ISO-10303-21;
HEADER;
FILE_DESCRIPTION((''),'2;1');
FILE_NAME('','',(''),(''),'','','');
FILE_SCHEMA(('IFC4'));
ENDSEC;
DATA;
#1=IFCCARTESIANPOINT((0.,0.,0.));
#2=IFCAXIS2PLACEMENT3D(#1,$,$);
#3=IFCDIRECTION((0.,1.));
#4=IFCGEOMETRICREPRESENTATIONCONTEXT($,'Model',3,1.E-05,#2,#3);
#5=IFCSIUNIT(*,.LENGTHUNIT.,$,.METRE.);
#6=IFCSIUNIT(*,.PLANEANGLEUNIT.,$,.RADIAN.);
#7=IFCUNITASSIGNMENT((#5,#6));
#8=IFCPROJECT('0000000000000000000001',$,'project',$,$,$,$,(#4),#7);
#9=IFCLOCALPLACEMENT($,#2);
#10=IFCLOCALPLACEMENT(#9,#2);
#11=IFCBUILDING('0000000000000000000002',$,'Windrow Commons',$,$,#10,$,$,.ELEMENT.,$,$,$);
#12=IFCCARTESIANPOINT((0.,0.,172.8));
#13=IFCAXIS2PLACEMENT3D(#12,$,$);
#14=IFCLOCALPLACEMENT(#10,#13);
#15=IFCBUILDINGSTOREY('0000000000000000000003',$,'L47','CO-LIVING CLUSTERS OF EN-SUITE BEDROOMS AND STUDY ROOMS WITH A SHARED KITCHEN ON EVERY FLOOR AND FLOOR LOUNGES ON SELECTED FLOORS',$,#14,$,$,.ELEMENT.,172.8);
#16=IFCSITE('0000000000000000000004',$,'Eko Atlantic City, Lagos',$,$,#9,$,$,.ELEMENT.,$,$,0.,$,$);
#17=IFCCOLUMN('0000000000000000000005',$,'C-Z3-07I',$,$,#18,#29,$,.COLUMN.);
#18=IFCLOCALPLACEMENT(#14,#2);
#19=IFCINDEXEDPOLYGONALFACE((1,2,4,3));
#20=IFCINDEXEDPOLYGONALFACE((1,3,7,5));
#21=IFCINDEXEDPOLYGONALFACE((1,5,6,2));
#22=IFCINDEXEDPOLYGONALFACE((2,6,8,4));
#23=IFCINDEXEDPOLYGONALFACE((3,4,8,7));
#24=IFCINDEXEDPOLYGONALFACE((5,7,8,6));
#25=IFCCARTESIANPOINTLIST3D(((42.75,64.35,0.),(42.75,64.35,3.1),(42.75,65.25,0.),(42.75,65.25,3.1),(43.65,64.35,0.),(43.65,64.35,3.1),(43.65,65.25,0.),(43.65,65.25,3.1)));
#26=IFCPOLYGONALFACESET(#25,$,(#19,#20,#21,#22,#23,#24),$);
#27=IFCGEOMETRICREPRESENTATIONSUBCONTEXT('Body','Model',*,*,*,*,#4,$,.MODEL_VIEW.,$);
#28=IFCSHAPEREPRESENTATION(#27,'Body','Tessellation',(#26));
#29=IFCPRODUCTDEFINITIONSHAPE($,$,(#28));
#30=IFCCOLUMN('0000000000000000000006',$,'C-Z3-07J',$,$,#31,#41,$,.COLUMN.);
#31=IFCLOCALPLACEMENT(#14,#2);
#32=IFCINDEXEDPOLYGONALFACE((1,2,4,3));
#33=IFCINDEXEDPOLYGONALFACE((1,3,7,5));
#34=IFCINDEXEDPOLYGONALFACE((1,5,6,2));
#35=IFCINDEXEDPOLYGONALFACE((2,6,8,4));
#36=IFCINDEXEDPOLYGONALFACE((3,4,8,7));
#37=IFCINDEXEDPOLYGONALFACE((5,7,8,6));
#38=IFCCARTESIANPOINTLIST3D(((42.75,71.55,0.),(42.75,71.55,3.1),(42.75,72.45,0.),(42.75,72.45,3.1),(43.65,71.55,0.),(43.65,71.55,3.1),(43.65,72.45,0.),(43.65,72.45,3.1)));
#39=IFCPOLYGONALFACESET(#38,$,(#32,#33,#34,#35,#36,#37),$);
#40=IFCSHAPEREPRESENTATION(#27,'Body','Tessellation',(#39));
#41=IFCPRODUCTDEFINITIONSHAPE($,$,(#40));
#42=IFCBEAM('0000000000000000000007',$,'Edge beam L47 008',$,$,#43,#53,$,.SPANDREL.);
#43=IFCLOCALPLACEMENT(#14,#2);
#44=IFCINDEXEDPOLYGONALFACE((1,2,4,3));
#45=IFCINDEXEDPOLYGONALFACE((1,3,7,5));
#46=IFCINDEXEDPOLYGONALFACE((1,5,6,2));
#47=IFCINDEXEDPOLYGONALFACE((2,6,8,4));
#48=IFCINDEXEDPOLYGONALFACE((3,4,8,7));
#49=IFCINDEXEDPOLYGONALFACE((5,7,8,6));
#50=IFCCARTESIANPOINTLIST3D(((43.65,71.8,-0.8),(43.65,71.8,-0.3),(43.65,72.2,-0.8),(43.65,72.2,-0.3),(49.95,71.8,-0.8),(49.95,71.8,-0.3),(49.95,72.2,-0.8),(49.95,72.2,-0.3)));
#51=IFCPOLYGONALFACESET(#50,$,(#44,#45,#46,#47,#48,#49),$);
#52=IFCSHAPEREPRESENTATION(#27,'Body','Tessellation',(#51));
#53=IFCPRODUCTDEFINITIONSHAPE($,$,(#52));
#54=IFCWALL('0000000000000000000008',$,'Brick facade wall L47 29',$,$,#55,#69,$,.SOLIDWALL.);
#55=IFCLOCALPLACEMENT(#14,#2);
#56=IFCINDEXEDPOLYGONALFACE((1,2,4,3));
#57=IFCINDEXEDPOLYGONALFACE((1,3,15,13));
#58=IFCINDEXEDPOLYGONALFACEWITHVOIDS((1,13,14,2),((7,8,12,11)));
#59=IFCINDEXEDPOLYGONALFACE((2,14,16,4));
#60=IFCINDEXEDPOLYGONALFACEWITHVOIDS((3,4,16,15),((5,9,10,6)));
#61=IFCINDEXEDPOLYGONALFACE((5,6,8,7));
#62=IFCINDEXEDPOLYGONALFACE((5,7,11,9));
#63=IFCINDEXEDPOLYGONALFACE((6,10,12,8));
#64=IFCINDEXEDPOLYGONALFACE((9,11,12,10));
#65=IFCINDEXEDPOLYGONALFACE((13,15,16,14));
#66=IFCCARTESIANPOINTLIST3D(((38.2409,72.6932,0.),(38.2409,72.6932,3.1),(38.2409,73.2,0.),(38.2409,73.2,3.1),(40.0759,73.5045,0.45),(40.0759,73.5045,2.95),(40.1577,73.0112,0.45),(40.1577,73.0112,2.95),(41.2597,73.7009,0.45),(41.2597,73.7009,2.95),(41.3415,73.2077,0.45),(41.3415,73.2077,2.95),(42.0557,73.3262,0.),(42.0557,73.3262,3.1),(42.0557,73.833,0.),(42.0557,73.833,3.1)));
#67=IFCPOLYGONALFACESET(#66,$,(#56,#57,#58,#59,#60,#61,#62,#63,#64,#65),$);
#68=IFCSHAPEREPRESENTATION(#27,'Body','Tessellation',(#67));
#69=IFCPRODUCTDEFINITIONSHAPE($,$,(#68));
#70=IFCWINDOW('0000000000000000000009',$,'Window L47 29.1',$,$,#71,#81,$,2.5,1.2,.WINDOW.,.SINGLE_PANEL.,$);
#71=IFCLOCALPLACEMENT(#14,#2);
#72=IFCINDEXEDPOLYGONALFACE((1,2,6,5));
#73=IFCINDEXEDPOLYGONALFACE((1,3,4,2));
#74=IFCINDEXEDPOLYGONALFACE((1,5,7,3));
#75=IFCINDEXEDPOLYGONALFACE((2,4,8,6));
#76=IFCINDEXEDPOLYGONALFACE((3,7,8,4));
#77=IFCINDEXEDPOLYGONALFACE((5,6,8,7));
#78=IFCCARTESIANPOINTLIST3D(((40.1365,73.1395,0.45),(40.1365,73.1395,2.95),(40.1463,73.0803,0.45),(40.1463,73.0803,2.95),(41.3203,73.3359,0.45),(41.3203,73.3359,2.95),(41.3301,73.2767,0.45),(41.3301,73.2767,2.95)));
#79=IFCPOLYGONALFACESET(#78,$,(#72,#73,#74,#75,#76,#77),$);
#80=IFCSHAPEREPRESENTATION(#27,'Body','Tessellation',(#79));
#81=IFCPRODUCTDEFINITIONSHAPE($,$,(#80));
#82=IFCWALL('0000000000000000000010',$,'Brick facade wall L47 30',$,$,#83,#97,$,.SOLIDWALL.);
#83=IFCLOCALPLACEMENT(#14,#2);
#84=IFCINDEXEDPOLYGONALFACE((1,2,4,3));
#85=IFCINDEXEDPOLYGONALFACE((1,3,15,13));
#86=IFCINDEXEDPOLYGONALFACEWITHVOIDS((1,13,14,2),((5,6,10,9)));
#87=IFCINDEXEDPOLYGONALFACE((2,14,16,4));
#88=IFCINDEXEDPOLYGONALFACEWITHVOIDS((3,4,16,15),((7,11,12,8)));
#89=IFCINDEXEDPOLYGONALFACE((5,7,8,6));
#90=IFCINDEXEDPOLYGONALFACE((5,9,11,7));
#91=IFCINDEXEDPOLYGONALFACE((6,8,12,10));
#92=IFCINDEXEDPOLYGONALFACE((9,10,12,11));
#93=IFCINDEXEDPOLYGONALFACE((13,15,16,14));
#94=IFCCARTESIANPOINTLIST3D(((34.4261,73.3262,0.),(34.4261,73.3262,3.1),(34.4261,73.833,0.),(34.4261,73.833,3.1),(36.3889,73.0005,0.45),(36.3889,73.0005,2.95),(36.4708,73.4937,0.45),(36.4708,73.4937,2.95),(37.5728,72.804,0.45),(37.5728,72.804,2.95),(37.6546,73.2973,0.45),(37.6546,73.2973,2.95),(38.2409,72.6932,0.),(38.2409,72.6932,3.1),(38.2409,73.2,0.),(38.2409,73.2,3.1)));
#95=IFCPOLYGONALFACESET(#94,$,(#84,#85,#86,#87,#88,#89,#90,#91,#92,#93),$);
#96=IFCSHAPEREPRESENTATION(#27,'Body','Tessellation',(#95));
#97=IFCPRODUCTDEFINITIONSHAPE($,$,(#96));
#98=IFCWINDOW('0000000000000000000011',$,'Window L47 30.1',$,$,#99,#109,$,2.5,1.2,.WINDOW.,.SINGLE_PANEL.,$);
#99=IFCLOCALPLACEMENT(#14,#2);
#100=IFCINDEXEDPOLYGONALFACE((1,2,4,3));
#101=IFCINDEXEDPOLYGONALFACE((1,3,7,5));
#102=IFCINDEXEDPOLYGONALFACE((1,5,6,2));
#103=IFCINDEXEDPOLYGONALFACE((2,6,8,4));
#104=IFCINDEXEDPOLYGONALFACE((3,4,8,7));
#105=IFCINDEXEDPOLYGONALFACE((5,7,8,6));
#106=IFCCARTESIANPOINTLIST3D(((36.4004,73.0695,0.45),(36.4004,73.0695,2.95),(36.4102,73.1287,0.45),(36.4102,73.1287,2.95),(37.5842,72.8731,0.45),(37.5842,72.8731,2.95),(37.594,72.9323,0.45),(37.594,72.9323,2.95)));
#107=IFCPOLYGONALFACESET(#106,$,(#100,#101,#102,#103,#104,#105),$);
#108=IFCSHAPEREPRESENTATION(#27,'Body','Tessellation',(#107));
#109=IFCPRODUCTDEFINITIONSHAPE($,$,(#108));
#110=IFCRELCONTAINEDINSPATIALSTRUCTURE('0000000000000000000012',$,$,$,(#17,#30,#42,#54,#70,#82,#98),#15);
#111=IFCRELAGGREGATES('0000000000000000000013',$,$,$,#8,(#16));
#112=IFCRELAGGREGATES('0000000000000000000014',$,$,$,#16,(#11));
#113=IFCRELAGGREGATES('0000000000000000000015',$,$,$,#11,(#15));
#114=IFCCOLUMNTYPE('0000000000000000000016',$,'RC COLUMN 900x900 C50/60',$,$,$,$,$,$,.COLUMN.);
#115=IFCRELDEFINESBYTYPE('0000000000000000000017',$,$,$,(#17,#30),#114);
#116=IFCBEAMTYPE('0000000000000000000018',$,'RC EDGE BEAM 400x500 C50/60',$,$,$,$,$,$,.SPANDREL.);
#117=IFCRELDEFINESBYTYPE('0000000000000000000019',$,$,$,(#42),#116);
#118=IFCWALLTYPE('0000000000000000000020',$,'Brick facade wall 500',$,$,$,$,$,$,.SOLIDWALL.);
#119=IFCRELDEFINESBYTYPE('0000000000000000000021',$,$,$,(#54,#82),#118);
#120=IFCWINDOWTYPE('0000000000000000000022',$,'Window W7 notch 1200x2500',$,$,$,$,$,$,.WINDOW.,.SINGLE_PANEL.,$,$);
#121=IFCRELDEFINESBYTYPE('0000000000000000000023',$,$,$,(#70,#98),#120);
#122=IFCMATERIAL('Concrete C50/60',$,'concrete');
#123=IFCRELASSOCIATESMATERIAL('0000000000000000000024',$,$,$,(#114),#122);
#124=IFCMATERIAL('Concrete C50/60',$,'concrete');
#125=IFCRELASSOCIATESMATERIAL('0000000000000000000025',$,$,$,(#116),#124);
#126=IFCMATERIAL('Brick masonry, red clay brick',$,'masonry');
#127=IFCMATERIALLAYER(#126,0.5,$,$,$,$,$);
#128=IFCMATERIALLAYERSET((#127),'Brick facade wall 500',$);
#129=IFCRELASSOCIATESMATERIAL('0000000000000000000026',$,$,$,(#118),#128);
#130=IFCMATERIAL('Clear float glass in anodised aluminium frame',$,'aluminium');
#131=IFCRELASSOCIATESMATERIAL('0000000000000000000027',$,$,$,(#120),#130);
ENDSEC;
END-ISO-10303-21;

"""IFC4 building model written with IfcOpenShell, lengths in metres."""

from ifc_helpers import new_model, si_unit, direction, frame, frame_2d, origin, origin_2d, place, context, subcontext, project, spatial, polyline, rectangle, outline, extrude, material, layer, layer_set, material_profile, profile_set, type_object, element, fill, save


model = new_model("IFC4")

# Units and contexts
model_context = context("Model", 3, precision=1e-05, world=origin(), true_north=direction((0.0, 1.0)))
body_context = subcontext(model_context, "Body", "Model", "MODEL_VIEW")
ifc_project = project(units=[si_unit("LENGTHUNIT", "METRE"), si_unit("PLANEANGLEUNIT", "RADIAN")], contexts=[model_context])

# Site, building, storey
site_placement = place(None, origin())
site = spatial("IfcSite", under=ifc_project, at=site_placement, Name="Eko Atlantic City, Lagos", CompositionType="ELEMENT", RefElevation=0.0)
building_placement = place(site_placement, origin())
building = spatial("IfcBuilding", under=site, at=building_placement, Name="Windrow Commons", CompositionType="ELEMENT")
storey_placement = place(building_placement, frame((0.0, 0.0, 172.8)))
storey = spatial("IfcBuildingStorey", under=building, at=storey_placement, Name="L47", Description="CO-LIVING CLUSTERS OF EN-SUITE BEDROOMS AND STUDY ROOMS WITH A SHARED KITCHEN ON EVERY FLOOR AND FLOOR LOUNGES ON SELECTED FLOORS", CompositionType="ELEMENT", Elevation=172.8)

# Columns
ifc_material_1 = material(Name="Concrete C50/60", Category="concrete")
ifc_material_profile_1 = material_profile(ifc_material_1, rectangle(XDim=0.9, YDim=0.9, at=origin_2d()))
ifc_profile_set_1 = profile_set([ifc_material_profile_1], Name="Concrete C50/60")
column_type = type_object("IfcColumnType", Name="RC COLUMN 900x900 C50/60", PredefinedType="COLUMN", material=ifc_profile_set_1)
for number, where, z_axis, x_axis, name in (
    (1, (43.2, 64.8, 0.0), (0.0, 0.0, 1.0), (1.0, 0.0, 0.0), "C-Z3-07I"),
    (2, (43.2, 72.0, 0.0), (0.0, 0.0, 1.0), (1.0, 0.0, 0.0), "C-Z3-07J"),
):
    element("IfcColumn", number, at=place(storey_placement, frame(where, z_axis=z_axis, x_axis=x_axis)), inside=storey, type_object=column_type, Name=name, PredefinedType="COLUMN", context=body_context, shape_type="SweptSolid", body=[
        extrude(rectangle(XDim=0.9, YDim=0.9, at=origin_2d()), origin(), (0.0, 0.0, 1.0), 3.1),
    ])

# Beam
ifc_material_2 = material(Name="Concrete C50/60", Category="concrete")
ifc_material_profile_2 = material_profile(ifc_material_2, rectangle(XDim=0.4, YDim=0.5, at=origin_2d()))
ifc_profile_set_2 = profile_set([ifc_material_profile_2], Name="Concrete C50/60")
beam_type = type_object("IfcBeamType", Name="RC EDGE BEAM 400x500 C50/60", PredefinedType="SPANDREL", material=ifc_profile_set_2)
beam_placement = place(storey_placement, frame((43.65, 72.0, -0.55), z_axis=(1.0, 0.0, 0.0), x_axis=(0.0, 1.0, 0.0)))
element("IfcBeam", 3, at=beam_placement, inside=storey, type_object=beam_type, Name="Edge beam L47 008", PredefinedType="SPANDREL", context=body_context, shape_type="SweptSolid", body=[
    extrude(rectangle(XDim=0.4, YDim=0.5, at=origin_2d()), origin(), (0.0, 0.0, 1.0), 6.3),
])

# Walls, openings, windows
ifc_material_3 = material(Name="Brick masonry, red clay brick", Category="masonry")
ifc_layer_1 = layer(ifc_material_3, 0.5)
ifc_layer_set_1 = layer_set([ifc_layer_1], Name="Brick facade wall 500")
wall_type_1 = type_object("IfcWallType", Name="Brick facade wall 500", PredefinedType="SOLIDWALL", material=ifc_layer_set_1)
wall_1_placement = place(storey_placement, frame((42.0557, 73.5796, 0.0), z_axis=(0.0, 0.0, 1.0), x_axis=(-0.986511, -0.163694, 0.0)))
wall_1 = element("IfcWall", 4, at=wall_1_placement, inside=storey, type_object=wall_type_1, Name="Brick facade wall L47 29", PredefinedType="SOLIDWALL", context=body_context, shape_type="SweptSolid", body=[
    extrude(outline(polyline([(-0.0415, -0.25), (3.8255, -0.25), (3.9084, 0.25), (0.0415, 0.25), (-0.0415, -0.25)])), origin(), (0.0, 0.0, 1.0), 3.1),
])
opening_1_placement = place(wall_1_placement, frame((0.7654, 0.0, 0.45)))
opening_1 = element("IfcOpeningElement", 5, at=opening_1_placement, cuts=wall_1, PredefinedType="OPENING", context=body_context, shape_type="SweptSolid", body=[
    extrude(rectangle(XDim=1.2, YDim=2.5, at=frame_2d((0.6, 1.25))), frame((0.0, 0.26, 0.0), z_axis=(0.0, -1.0, 0.0), x_axis=(1.0, 0.0, 0.0)), (0.0, 0.0, 1.0), 0.52),
])
ifc_material_4 = material(Name="Clear float glass in anodised aluminium frame", Category="aluminium")
window_type = type_object("IfcWindowType", Name="Window W7 notch 1200x2500", PartitioningType="SINGLE_PANEL", PredefinedType="WINDOW", material=ifc_material_4)
window_1_placement = place(opening_1_placement, origin())
window_1 = element("IfcWindow", 6, at=window_1_placement, inside=storey, type_object=window_type, Name="Window L47 29.1", OverallHeight=2.5, OverallWidth=1.2, PartitioningType="SINGLE_PANEL", PredefinedType="WINDOW", context=body_context, shape_type="SweptSolid", body=[
    extrude(rectangle(XDim=1.2, YDim=2.5, at=frame_2d((0.6, 1.25))), frame((0.0, 0.18, 0.0), z_axis=(0.0, -1.0, 0.0), x_axis=(1.0, 0.0, 0.0)), (0.0, 0.0, 1.0), 0.06),
])
fill(opening_1, window_1)
wall_2_placement = place(storey_placement, frame((38.2409, 72.9466, 0.0), z_axis=(0.0, 0.0, 1.0), x_axis=(-0.986511, 0.163694, 0.0)))
wall_2 = element("IfcWall", 7, at=wall_2_placement, inside=storey, type_object=wall_type_1, Name="Brick facade wall L47 30", PredefinedType="SOLIDWALL", context=body_context, shape_type="SweptSolid", body=[
    extrude(outline(polyline([(0.0415, -0.25), (3.9084, -0.25), (3.8255, 0.25), (-0.0415, 0.25), (0.0415, -0.25)])), origin(), (0.0, 0.0, 1.0), 3.1),
])
opening_2_placement = place(wall_2_placement, frame((0.6358, 0.0, 0.45)))
opening_2 = element("IfcOpeningElement", 8, at=opening_2_placement, cuts=wall_2, PredefinedType="OPENING", context=body_context, shape_type="SweptSolid", body=[
    extrude(rectangle(XDim=1.2, YDim=2.5, at=frame_2d((0.6, 1.25))), frame((0.0, 0.26, 0.0), z_axis=(0.0, -1.0, 0.0), x_axis=(1.0, 0.0, 0.0)), (0.0, 0.0, 1.0), 0.52),
])
window_2_placement = place(opening_2_placement, origin())
window_2 = element("IfcWindow", 9, at=window_2_placement, inside=storey, type_object=window_type, Name="Window L47 30.1", OverallHeight=2.5, OverallWidth=1.2, PartitioningType="SINGLE_PANEL", PredefinedType="WINDOW", context=body_context, shape_type="SweptSolid", body=[
    extrude(rectangle(XDim=1.2, YDim=2.5, at=frame_2d((0.6, 1.25))), frame((0.0, 0.18, 0.0), z_axis=(0.0, -1.0, 0.0), x_axis=(1.0, 0.0, 0.0)), (0.0, 0.0, 1.0), 0.06),
])
fill(opening_2, window_2)

save(model, "model.ifc")
